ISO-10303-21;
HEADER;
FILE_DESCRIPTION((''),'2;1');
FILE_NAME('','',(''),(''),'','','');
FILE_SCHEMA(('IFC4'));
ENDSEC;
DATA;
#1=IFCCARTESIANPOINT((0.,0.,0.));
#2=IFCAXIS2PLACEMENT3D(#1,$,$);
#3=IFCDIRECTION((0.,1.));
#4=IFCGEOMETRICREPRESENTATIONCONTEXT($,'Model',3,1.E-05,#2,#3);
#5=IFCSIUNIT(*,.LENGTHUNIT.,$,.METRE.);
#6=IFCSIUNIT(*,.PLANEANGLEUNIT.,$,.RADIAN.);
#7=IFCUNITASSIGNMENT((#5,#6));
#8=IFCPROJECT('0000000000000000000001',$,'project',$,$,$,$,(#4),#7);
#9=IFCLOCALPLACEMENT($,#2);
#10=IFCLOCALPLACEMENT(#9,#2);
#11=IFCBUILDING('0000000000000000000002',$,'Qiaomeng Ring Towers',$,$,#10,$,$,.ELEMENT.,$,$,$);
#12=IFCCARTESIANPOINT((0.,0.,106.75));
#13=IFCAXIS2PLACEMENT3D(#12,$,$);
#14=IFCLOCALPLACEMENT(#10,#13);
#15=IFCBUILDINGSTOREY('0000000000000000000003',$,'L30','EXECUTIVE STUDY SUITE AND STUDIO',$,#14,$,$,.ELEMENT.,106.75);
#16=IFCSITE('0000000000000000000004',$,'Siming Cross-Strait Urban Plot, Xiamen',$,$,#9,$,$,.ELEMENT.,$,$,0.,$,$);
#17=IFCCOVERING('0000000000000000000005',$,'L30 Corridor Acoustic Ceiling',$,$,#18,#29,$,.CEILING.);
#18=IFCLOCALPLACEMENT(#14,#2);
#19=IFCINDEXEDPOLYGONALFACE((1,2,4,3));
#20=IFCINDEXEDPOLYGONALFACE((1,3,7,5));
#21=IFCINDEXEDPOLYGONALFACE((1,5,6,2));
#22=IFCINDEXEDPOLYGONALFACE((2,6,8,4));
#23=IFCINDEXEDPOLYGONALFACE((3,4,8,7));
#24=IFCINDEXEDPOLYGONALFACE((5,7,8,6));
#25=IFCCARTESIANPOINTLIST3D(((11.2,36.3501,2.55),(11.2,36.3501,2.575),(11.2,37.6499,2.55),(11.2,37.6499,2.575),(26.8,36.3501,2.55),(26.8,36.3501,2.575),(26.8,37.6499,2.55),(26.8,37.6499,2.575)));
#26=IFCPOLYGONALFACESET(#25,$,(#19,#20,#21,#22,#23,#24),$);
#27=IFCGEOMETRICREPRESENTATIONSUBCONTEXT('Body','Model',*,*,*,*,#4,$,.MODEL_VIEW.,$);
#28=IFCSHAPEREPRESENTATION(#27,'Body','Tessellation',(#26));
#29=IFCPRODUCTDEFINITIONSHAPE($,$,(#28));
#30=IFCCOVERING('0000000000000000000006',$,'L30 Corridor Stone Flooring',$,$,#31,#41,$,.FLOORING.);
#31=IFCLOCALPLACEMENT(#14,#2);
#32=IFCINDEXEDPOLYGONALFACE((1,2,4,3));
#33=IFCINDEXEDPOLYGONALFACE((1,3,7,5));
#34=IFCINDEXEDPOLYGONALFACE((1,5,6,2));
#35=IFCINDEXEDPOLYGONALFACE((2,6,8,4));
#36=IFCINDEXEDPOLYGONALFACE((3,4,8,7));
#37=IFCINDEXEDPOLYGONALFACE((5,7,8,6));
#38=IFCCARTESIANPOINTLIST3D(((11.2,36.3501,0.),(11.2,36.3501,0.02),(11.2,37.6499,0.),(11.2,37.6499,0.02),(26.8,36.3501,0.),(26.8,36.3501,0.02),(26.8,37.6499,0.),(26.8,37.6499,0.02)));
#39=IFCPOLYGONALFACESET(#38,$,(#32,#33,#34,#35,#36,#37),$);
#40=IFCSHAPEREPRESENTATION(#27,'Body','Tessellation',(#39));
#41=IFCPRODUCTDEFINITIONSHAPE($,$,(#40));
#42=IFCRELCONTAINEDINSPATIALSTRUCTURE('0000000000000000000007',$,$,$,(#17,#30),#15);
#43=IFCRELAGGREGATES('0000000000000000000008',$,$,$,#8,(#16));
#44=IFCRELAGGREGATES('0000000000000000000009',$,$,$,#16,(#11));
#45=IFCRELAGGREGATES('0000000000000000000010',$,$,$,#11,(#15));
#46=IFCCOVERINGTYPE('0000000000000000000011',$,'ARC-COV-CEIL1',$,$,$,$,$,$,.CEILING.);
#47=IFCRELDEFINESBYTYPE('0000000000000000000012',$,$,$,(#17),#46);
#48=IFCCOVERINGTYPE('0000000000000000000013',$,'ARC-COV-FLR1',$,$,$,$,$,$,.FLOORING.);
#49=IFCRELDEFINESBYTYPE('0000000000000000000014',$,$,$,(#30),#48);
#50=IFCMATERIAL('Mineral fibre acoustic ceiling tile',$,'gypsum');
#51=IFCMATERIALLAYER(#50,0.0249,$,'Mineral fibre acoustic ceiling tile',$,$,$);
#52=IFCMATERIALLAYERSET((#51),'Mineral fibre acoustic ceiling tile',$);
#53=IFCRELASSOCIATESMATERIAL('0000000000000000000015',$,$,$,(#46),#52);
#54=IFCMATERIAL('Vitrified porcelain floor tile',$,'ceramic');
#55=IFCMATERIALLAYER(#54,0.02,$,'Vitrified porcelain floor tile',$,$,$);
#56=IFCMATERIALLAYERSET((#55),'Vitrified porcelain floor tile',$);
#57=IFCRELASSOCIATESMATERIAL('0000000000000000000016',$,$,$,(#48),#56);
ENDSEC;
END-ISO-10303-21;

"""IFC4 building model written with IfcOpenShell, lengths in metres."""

from ifc_helpers import new_model, si_unit, direction, frame, origin, place, context, subcontext, project, spatial, polyline, outline, extrude, material, layer, layer_set, type_object, element, save


model = new_model("IFC4")

# Units and contexts
model_context = context("Model", 3, precision=1e-05, world=origin(), true_north=direction((0.0, 1.0)))
body_context = subcontext(model_context, "Body", "Model", "MODEL_VIEW")
ifc_project = project(units=[si_unit("LENGTHUNIT", "METRE"), si_unit("PLANEANGLEUNIT", "RADIAN")], contexts=[model_context])

# Site, building, storey
site_placement = place(None, origin())
site = spatial("IfcSite", under=ifc_project, at=site_placement, Name="Siming Cross-Strait Urban Plot, Xiamen", CompositionType="ELEMENT", RefElevation=0.0)
building_placement = place(site_placement, origin())
building = spatial("IfcBuilding", under=site, at=building_placement, Name="Qiaomeng Ring Towers", CompositionType="ELEMENT")
storey_placement = place(building_placement, frame((0.0, 0.0, 106.75)))
storey = spatial("IfcBuildingStorey", under=building, at=storey_placement, Name="L30", Description="EXECUTIVE STUDY SUITE AND STUDIO", CompositionType="ELEMENT", Elevation=106.75)

# Coverings
ifc_material_1 = material(Name="Mineral fibre acoustic ceiling tile", Category="gypsum")
ifc_layer_1 = layer(ifc_material_1, 0.0249, Name="Mineral fibre acoustic ceiling tile")
ifc_layer_set_1 = layer_set([ifc_layer_1], Name="Mineral fibre acoustic ceiling tile")
covering_type_1 = type_object("IfcCoveringType", Name="ARC-COV-CEIL1", PredefinedType="CEILING", material=ifc_layer_set_1)
covering_1_placement = place(storey_placement, frame((0.0, 0.0, 2.55)))
element("IfcCovering", 1, at=covering_1_placement, inside=storey, type_object=covering_type_1, Name="L30 Corridor Acoustic Ceiling", PredefinedType="CEILING", context=body_context, shape_type="SweptSolid", body=[
    extrude(outline(polyline([(11.2, 36.3501), (11.2, 37.6499), (26.8, 37.6499), (26.8, 36.3501), (11.2, 36.3501)])), origin(), (0.0, 0.0, 1.0), 0.0249),
])
ifc_material_2 = material(Name="Vitrified porcelain floor tile", Category="ceramic")
ifc_layer_2 = layer(ifc_material_2, 0.02, Name="Vitrified porcelain floor tile")
ifc_layer_set_2 = layer_set([ifc_layer_2], Name="Vitrified porcelain floor tile")
covering_type_2 = type_object("IfcCoveringType", Name="ARC-COV-FLR1", PredefinedType="FLOORING", material=ifc_layer_set_2)
covering_2_placement = place(storey_placement, origin())
element("IfcCovering", 2, at=covering_2_placement, inside=storey, type_object=covering_type_2, Name="L30 Corridor Stone Flooring", PredefinedType="FLOORING", context=body_context, shape_type="SweptSolid", body=[
    extrude(outline(polyline([(11.2, 36.3501), (11.2, 37.6499), (26.8, 37.6499), (26.8, 36.3501), (11.2, 36.3501)])), origin(), (0.0, 0.0, 1.0), 0.02),
])

save(model, "model.ifc")
